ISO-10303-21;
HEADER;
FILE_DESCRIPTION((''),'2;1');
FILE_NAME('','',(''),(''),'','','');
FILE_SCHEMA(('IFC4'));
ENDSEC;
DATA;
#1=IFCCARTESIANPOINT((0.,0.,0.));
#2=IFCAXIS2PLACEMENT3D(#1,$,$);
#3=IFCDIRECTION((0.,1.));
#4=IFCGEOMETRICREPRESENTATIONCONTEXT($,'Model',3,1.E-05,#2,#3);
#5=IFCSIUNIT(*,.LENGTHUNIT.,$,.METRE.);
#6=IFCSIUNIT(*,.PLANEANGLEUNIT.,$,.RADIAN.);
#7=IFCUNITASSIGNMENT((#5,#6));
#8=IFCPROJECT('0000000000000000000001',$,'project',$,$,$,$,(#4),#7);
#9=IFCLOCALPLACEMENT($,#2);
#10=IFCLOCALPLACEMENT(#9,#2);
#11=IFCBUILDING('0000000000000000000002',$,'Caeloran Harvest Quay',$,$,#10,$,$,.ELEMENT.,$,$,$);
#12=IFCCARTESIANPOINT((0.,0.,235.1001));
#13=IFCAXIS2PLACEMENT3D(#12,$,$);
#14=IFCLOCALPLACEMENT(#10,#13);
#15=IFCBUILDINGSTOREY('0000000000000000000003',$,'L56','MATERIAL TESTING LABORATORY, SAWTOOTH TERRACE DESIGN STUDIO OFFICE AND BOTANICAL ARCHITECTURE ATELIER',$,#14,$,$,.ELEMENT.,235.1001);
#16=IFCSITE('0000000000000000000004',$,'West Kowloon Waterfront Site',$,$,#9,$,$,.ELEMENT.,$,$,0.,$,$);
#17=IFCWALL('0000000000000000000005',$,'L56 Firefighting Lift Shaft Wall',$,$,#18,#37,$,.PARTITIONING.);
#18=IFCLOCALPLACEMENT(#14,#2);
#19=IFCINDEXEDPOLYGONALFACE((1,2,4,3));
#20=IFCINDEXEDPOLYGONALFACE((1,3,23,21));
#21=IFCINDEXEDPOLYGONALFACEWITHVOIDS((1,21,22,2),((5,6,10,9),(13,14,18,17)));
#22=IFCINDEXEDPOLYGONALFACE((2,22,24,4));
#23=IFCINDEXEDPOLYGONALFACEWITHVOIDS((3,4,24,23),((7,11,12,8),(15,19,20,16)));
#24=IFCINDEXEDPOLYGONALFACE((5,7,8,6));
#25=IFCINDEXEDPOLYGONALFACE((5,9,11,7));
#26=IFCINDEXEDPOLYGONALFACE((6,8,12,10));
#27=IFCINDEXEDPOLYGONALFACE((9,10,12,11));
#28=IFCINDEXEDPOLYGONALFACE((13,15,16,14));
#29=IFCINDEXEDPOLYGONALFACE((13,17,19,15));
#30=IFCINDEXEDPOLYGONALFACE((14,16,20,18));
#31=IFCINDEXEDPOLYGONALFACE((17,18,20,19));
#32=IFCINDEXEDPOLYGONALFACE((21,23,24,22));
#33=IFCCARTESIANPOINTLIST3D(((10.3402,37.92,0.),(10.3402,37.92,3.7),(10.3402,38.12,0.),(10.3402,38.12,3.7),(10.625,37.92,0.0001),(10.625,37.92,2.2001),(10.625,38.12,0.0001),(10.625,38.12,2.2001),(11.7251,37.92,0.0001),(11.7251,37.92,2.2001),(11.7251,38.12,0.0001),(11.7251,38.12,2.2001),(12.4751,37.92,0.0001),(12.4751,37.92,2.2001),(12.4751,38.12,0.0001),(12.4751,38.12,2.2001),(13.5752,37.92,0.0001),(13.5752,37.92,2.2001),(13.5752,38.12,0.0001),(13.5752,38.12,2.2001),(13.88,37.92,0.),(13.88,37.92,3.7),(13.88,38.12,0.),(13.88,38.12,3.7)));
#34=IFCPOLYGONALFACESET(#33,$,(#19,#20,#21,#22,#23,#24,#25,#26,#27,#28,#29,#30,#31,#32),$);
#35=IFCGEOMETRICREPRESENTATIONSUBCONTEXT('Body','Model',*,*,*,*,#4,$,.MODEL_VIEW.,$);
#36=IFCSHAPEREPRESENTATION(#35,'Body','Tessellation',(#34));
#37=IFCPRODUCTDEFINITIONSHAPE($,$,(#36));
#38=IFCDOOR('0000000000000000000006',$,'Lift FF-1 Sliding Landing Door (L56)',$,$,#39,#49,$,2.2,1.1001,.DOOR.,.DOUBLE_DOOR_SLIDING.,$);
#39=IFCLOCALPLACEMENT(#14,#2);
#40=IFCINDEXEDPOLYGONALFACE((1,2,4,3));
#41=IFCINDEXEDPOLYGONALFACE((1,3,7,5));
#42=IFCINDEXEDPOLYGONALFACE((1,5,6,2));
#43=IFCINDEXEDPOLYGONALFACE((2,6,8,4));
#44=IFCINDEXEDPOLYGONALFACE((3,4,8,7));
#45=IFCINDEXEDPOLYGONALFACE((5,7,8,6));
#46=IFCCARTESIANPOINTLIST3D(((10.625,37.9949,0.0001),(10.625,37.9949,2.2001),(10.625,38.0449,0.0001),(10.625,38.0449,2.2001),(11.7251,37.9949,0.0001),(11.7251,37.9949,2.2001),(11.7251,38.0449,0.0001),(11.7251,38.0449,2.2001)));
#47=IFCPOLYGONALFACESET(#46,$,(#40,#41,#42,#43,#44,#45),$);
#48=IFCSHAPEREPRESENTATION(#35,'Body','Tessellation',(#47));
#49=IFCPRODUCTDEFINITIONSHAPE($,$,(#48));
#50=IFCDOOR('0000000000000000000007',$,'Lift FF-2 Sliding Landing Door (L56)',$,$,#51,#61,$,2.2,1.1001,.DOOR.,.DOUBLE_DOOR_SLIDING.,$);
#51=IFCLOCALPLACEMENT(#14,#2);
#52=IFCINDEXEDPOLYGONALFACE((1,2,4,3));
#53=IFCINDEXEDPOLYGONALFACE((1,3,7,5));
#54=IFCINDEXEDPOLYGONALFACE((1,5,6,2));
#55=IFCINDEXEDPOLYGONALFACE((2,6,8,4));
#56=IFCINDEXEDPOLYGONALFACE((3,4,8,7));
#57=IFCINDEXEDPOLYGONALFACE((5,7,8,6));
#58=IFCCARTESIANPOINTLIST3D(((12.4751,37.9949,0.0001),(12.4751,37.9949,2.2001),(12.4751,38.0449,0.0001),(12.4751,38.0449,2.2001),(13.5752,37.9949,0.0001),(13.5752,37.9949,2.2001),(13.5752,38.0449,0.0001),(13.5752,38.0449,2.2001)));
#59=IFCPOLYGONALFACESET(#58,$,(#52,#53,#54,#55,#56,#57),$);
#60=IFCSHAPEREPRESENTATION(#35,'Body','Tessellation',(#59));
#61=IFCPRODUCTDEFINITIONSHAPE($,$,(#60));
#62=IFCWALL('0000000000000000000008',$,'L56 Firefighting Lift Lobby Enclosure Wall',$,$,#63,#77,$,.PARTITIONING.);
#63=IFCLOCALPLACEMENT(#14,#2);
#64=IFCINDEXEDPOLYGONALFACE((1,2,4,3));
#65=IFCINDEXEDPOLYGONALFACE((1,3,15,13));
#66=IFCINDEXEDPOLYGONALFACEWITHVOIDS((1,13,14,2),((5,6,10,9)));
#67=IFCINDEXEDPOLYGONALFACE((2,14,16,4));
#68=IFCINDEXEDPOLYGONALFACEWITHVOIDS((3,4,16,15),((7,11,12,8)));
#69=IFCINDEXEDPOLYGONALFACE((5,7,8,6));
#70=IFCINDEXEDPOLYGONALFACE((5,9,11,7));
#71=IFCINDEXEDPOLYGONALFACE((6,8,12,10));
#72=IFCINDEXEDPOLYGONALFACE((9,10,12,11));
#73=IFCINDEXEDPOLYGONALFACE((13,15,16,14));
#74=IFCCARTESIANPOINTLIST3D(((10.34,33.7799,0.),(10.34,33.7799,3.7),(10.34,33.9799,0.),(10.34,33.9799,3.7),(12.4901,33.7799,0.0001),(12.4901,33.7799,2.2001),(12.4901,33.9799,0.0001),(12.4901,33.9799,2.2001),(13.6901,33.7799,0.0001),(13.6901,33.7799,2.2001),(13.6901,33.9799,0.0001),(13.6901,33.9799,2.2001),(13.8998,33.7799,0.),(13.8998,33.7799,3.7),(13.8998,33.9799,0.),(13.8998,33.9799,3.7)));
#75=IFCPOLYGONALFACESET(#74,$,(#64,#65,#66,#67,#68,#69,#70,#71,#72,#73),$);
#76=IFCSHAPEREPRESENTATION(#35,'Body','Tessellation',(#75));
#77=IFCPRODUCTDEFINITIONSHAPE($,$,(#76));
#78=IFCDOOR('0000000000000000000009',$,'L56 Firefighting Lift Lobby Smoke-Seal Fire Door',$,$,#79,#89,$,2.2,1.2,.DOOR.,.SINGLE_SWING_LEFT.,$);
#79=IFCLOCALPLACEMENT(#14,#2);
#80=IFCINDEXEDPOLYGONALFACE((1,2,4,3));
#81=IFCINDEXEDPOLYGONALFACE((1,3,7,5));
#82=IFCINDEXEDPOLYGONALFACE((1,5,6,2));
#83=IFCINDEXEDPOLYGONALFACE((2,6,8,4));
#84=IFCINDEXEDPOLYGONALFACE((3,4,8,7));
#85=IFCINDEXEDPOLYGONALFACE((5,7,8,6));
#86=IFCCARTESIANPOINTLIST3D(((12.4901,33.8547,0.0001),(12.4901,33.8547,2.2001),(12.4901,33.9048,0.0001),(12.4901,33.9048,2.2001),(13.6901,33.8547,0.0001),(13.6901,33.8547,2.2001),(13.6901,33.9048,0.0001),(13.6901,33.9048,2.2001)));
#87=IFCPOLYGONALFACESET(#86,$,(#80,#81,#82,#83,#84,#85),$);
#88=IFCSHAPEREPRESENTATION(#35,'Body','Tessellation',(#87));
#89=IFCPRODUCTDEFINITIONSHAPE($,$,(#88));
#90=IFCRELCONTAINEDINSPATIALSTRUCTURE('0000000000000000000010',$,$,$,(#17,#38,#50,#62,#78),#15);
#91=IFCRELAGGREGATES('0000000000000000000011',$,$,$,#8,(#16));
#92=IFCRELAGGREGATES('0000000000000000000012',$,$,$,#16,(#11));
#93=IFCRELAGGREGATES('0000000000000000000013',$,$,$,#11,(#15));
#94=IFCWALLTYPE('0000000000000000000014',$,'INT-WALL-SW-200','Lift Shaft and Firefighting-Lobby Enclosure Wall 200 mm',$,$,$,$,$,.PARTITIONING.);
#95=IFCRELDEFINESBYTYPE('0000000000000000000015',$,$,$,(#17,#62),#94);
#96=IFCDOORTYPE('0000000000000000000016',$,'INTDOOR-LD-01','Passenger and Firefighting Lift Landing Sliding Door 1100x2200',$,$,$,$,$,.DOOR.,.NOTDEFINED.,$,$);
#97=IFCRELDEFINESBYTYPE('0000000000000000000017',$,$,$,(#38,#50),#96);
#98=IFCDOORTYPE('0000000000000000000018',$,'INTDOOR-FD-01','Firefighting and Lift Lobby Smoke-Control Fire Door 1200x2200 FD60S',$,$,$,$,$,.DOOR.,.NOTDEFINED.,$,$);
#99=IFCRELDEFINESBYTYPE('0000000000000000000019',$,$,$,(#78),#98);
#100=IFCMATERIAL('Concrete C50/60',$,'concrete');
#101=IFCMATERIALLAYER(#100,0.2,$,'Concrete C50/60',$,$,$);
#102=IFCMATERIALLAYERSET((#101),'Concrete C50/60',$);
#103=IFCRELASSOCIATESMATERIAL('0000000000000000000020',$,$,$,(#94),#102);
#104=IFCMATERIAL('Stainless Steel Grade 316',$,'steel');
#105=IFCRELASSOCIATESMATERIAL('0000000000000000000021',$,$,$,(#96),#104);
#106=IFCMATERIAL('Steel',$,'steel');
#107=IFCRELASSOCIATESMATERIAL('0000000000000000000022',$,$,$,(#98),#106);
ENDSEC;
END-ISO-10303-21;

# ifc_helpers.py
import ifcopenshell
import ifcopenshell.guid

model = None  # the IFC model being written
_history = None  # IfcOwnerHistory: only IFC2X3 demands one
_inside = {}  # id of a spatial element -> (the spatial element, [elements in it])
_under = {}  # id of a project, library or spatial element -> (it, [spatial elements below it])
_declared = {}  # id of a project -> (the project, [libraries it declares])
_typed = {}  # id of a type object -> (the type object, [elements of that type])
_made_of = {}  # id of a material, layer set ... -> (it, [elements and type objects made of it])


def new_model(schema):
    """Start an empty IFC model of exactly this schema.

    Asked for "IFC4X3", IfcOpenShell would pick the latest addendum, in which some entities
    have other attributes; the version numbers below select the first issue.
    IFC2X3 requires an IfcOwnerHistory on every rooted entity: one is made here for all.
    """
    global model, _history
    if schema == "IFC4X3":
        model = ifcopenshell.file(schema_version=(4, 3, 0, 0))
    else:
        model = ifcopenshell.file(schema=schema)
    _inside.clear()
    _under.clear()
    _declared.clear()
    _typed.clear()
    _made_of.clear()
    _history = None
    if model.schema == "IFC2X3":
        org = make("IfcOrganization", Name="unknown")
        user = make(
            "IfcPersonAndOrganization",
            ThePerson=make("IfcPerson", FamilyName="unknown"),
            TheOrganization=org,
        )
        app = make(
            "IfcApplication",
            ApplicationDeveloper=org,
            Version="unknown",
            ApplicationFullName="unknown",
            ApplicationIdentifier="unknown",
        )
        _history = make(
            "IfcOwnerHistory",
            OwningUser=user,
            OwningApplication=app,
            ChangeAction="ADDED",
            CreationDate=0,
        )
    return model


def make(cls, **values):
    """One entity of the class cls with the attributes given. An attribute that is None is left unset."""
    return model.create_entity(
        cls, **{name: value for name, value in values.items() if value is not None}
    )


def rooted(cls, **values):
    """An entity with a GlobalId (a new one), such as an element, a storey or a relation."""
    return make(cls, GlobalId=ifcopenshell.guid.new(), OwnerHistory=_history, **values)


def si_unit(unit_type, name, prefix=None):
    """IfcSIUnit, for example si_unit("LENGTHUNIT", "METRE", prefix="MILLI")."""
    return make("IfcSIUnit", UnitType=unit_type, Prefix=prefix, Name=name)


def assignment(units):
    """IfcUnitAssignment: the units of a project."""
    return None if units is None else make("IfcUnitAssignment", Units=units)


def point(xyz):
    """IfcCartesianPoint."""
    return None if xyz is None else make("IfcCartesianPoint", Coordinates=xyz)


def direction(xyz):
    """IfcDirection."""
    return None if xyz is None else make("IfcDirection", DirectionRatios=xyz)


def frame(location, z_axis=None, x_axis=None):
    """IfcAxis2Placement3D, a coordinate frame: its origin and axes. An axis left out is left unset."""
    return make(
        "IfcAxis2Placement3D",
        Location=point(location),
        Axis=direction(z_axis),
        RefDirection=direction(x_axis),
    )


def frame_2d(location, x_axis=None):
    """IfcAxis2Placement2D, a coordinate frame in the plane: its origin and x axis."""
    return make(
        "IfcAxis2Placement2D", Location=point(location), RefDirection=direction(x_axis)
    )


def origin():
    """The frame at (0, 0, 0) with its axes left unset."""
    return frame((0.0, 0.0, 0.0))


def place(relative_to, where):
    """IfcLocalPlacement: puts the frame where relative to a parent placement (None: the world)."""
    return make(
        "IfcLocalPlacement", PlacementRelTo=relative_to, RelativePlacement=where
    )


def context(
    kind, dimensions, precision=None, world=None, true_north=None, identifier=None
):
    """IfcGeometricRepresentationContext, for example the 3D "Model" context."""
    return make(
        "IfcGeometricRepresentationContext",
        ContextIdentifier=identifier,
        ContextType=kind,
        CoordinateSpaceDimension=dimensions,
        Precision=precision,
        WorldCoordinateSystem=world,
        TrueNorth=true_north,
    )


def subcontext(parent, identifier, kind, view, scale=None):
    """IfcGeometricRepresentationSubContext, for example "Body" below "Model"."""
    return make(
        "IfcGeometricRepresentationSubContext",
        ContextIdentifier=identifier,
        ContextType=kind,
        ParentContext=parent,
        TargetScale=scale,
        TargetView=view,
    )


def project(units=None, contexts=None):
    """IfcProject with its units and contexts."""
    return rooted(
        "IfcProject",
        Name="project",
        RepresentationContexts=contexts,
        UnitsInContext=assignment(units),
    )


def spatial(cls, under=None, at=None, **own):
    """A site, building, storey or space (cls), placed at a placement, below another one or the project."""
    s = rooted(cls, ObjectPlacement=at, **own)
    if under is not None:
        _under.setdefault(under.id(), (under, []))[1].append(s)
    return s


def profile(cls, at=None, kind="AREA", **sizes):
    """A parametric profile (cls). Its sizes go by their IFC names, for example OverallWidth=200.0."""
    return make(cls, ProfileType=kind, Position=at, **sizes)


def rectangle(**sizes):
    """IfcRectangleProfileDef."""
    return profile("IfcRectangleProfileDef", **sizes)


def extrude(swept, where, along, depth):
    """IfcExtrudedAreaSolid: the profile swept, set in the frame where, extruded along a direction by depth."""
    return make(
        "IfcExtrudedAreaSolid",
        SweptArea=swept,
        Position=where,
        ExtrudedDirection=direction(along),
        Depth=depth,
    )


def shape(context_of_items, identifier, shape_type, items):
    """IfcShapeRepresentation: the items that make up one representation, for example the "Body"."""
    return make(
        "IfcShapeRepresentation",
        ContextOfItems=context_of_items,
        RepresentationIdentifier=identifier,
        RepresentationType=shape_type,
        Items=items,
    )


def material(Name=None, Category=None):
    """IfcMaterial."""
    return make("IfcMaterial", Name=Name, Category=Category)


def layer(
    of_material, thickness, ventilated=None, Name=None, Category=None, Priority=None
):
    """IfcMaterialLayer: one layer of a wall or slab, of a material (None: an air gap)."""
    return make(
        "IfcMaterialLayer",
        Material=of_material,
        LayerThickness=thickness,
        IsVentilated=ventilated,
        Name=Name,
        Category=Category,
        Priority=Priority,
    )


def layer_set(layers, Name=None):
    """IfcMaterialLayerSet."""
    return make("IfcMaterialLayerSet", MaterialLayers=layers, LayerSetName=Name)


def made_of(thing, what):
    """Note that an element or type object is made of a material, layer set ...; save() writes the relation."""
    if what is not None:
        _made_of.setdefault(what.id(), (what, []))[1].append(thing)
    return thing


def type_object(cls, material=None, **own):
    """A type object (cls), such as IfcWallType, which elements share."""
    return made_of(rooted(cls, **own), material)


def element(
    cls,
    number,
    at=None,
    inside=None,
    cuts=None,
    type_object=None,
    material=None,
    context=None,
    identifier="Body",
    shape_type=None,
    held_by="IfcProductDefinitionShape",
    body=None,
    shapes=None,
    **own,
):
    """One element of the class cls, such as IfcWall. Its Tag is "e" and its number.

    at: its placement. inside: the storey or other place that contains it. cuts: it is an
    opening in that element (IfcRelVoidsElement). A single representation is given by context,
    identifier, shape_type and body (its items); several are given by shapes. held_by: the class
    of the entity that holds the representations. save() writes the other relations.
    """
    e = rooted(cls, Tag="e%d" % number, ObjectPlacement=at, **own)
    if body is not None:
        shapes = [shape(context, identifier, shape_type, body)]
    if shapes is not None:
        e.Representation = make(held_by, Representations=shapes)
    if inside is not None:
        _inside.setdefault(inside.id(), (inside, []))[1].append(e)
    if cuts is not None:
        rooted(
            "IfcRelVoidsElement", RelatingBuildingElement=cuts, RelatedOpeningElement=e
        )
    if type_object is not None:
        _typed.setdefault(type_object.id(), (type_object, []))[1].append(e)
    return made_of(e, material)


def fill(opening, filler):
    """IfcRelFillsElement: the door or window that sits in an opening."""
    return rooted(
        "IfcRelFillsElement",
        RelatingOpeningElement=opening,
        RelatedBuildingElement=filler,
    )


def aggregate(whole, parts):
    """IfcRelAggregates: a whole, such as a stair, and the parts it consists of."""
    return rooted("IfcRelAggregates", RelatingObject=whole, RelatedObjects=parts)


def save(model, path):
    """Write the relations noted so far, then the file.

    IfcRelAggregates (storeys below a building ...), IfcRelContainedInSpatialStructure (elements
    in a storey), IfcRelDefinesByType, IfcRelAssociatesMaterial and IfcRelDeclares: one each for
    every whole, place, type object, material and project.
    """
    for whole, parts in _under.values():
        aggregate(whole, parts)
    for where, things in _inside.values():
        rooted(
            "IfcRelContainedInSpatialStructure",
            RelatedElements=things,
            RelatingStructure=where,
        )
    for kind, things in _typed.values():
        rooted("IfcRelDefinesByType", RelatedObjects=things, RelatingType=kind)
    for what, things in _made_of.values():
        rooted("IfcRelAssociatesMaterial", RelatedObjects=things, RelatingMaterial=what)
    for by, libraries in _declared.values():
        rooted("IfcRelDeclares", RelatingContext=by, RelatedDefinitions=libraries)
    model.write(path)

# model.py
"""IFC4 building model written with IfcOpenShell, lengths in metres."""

from ifc_helpers import new_model, si_unit, direction, frame, frame_2d, origin, place, context, subcontext, project, spatial, rectangle, extrude, material, layer, layer_set, type_object, element, fill, save


model = new_model("IFC4")

# Units and contexts
model_context = context("Model", 3, precision=1e-05, world=origin(), true_north=direction((0.0, 1.0)))
body_context = subcontext(model_context, "Body", "Model", "MODEL_VIEW")
ifc_project = project(units=[si_unit("LENGTHUNIT", "METRE"), si_unit("PLANEANGLEUNIT", "RADIAN")], contexts=[model_context])

# Site, building, storey
site_placement = place(None, origin())
site = spatial("IfcSite", under=ifc_project, at=site_placement, Name="West Kowloon Waterfront Site", CompositionType="ELEMENT", RefElevation=0.0)
building_placement = place(site_placement, origin())
building = spatial("IfcBuilding", under=site, at=building_placement, Name="Caeloran Harvest Quay", CompositionType="ELEMENT")
storey_placement = place(building_placement, frame((0.0, 0.0, 235.1001)))
storey = spatial("IfcBuildingStorey", under=building, at=storey_placement, Name="L56", Description="MATERIAL TESTING LABORATORY, SAWTOOTH TERRACE DESIGN STUDIO OFFICE AND BOTANICAL ARCHITECTURE ATELIER", CompositionType="ELEMENT", Elevation=235.1001)

# Shared definitions
ifc_material_1 = material(Name="Concrete C50/60", Category="concrete")
ifc_layer_1 = layer(ifc_material_1, 0.2, Name="Concrete C50/60")
ifc_layer_set_1 = layer_set([ifc_layer_1], Name="Concrete C50/60")
wall_type_1 = type_object("IfcWallType", Name="INT-WALL-SW-200", Description="Lift Shaft and Firefighting-Lobby Enclosure Wall 200 mm", PredefinedType="PARTITIONING", material=ifc_layer_set_1)
ifc_material_2 = material(Name="Stainless Steel Grade 316", Category="steel")
door_type_1 = type_object("IfcDoorType", Name="INTDOOR-LD-01", Description="Passenger and Firefighting Lift Landing Sliding Door 1100x2200", OperationType="NOTDEFINED", PredefinedType="DOOR", material=ifc_material_2)

# Wall, openings, doors
wall_1_placement = place(storey_placement, frame((10.3401, 38.02, 0.0), z_axis=(0.0, 0.0, 1.0), x_axis=(1.0, 0.0, 0.0)))
wall_1 = element("IfcWall", 1, at=wall_1_placement, inside=storey, type_object=wall_type_1, Name="L56 Firefighting Lift Shaft Wall", PredefinedType="PARTITIONING", context=body_context, shape_type="SweptSolid", body=[
    extrude(rectangle(XDim=3.5398, YDim=0.2, at=frame_2d((1.77, 0.0))), origin(), (0.0, 0.0, 1.0), 3.7),
])
opening_1_placement = place(wall_1_placement, frame((0.2849, 0.0, 0.0)))
opening_1 = element("IfcOpeningElement", 2, at=opening_1_placement, cuts=wall_1, PredefinedType="OPENING", context=body_context, shape_type="SweptSolid", body=[
    extrude(rectangle(XDim=1.1001, YDim=2.2, at=frame_2d((0.55, 1.1001))), frame((0.0, 0.1099, 0.0), z_axis=(0.0, -1.0, 0.0), x_axis=(1.0, 0.0, 0.0)), (0.0, 0.0, 1.0), 0.22),
])
opening_2_placement = place(wall_1_placement, frame((2.135, 0.0, 0.0)))
opening_2 = element("IfcOpeningElement", 3, at=opening_2_placement, cuts=wall_1, PredefinedType="OPENING", context=body_context, shape_type="SweptSolid", body=[
    extrude(rectangle(XDim=1.1001, YDim=2.2, at=frame_2d((0.55, 1.1001))), frame((0.0, 0.1099, 0.0), z_axis=(0.0, -1.0, 0.0), x_axis=(1.0, 0.0, 0.0)), (0.0, 0.0, 1.0), 0.22),
])
door_1_placement = place(opening_1_placement, origin())
door_1 = element("IfcDoor", 4, at=door_1_placement, inside=storey, type_object=door_type_1, Name="Lift FF-1 Sliding Landing Door (L56)", OperationType="DOUBLE_DOOR_SLIDING", OverallHeight=2.2, OverallWidth=1.1001, PredefinedType="DOOR", context=body_context, shape_type="SweptSolid", body=[
    extrude(rectangle(XDim=1.1001, YDim=2.2, at=frame_2d((0.55, 1.1001))), frame((0.0, 0.0249, 0.0), z_axis=(0.0, -1.0, 0.0), x_axis=(1.0, 0.0, 0.0)), (0.0, 0.0, 1.0), 0.05),
])
fill(opening_1, door_1)
door_2_placement = place(opening_2_placement, origin())
door_2 = element("IfcDoor", 5, at=door_2_placement, inside=storey, type_object=door_type_1, Name="Lift FF-2 Sliding Landing Door (L56)", OperationType="DOUBLE_DOOR_SLIDING", OverallHeight=2.2, OverallWidth=1.1001, PredefinedType="DOOR", context=body_context, shape_type="SweptSolid", body=[
    extrude(rectangle(XDim=1.1001, YDim=2.2, at=frame_2d((0.55, 1.1001))), frame((0.0, 0.0249, 0.0), z_axis=(0.0, -1.0, 0.0), x_axis=(1.0, 0.0, 0.0)), (0.0, 0.0, 1.0), 0.05),
])
fill(opening_2, door_2)

# Wall, opening, door
wall_2_placement = place(storey_placement, frame((10.3401, 33.8799, 0.0), z_axis=(0.0, 0.0, 1.0), x_axis=(1.0, 0.0, 0.0)))
wall_2 = element("IfcWall", 6, at=wall_2_placement, inside=storey, type_object=wall_type_1, Name="L56 Firefighting Lift Lobby Enclosure Wall", PredefinedType="PARTITIONING", context=body_context, shape_type="SweptSolid", body=[
    extrude(rectangle(XDim=3.5598, YDim=0.2, at=frame_2d((1.7798, 0.0))), origin(), (0.0, 0.0, 1.0), 3.7),
])
opening_3_placement = place(wall_2_placement, frame((2.1499, 0.0, 0.0)))
opening_3 = element("IfcOpeningElement", 7, at=opening_3_placement, cuts=wall_2, PredefinedType="OPENING", context=body_context, shape_type="SweptSolid", body=[
    extrude(rectangle(XDim=1.2, YDim=2.2, at=frame_2d((0.6001, 1.1001))), frame((0.0, 0.1099, 0.0), z_axis=(0.0, -1.0, 0.0), x_axis=(1.0, 0.0, 0.0)), (0.0, 0.0, 1.0), 0.22),
])
ifc_material_3 = material(Name="Steel", Category="steel")
door_type_2 = type_object("IfcDoorType", Name="INTDOOR-FD-01", Description="Firefighting and Lift Lobby Smoke-Control Fire Door 1200x2200 FD60S", OperationType="NOTDEFINED", PredefinedType="DOOR", material=ifc_material_3)
door_3_placement = place(opening_3_placement, origin())
door_3 = element("IfcDoor", 8, at=door_3_placement, inside=storey, type_object=door_type_2, Name="L56 Firefighting Lift Lobby Smoke-Seal Fire Door", OperationType="SINGLE_SWING_LEFT", OverallHeight=2.2, OverallWidth=1.2, PredefinedType="DOOR", context=body_context, shape_type="SweptSolid", body=[
    extrude(rectangle(XDim=1.2, YDim=2.2, at=frame_2d((0.6001, 1.1001))), frame((0.0, 0.0249, 0.0), z_axis=(0.0, -1.0, 0.0), x_axis=(1.0, 0.0, 0.0)), (0.0, 0.0, 1.0), 0.05),
])
fill(opening_3, door_3)

save(model, "model.ifc")
